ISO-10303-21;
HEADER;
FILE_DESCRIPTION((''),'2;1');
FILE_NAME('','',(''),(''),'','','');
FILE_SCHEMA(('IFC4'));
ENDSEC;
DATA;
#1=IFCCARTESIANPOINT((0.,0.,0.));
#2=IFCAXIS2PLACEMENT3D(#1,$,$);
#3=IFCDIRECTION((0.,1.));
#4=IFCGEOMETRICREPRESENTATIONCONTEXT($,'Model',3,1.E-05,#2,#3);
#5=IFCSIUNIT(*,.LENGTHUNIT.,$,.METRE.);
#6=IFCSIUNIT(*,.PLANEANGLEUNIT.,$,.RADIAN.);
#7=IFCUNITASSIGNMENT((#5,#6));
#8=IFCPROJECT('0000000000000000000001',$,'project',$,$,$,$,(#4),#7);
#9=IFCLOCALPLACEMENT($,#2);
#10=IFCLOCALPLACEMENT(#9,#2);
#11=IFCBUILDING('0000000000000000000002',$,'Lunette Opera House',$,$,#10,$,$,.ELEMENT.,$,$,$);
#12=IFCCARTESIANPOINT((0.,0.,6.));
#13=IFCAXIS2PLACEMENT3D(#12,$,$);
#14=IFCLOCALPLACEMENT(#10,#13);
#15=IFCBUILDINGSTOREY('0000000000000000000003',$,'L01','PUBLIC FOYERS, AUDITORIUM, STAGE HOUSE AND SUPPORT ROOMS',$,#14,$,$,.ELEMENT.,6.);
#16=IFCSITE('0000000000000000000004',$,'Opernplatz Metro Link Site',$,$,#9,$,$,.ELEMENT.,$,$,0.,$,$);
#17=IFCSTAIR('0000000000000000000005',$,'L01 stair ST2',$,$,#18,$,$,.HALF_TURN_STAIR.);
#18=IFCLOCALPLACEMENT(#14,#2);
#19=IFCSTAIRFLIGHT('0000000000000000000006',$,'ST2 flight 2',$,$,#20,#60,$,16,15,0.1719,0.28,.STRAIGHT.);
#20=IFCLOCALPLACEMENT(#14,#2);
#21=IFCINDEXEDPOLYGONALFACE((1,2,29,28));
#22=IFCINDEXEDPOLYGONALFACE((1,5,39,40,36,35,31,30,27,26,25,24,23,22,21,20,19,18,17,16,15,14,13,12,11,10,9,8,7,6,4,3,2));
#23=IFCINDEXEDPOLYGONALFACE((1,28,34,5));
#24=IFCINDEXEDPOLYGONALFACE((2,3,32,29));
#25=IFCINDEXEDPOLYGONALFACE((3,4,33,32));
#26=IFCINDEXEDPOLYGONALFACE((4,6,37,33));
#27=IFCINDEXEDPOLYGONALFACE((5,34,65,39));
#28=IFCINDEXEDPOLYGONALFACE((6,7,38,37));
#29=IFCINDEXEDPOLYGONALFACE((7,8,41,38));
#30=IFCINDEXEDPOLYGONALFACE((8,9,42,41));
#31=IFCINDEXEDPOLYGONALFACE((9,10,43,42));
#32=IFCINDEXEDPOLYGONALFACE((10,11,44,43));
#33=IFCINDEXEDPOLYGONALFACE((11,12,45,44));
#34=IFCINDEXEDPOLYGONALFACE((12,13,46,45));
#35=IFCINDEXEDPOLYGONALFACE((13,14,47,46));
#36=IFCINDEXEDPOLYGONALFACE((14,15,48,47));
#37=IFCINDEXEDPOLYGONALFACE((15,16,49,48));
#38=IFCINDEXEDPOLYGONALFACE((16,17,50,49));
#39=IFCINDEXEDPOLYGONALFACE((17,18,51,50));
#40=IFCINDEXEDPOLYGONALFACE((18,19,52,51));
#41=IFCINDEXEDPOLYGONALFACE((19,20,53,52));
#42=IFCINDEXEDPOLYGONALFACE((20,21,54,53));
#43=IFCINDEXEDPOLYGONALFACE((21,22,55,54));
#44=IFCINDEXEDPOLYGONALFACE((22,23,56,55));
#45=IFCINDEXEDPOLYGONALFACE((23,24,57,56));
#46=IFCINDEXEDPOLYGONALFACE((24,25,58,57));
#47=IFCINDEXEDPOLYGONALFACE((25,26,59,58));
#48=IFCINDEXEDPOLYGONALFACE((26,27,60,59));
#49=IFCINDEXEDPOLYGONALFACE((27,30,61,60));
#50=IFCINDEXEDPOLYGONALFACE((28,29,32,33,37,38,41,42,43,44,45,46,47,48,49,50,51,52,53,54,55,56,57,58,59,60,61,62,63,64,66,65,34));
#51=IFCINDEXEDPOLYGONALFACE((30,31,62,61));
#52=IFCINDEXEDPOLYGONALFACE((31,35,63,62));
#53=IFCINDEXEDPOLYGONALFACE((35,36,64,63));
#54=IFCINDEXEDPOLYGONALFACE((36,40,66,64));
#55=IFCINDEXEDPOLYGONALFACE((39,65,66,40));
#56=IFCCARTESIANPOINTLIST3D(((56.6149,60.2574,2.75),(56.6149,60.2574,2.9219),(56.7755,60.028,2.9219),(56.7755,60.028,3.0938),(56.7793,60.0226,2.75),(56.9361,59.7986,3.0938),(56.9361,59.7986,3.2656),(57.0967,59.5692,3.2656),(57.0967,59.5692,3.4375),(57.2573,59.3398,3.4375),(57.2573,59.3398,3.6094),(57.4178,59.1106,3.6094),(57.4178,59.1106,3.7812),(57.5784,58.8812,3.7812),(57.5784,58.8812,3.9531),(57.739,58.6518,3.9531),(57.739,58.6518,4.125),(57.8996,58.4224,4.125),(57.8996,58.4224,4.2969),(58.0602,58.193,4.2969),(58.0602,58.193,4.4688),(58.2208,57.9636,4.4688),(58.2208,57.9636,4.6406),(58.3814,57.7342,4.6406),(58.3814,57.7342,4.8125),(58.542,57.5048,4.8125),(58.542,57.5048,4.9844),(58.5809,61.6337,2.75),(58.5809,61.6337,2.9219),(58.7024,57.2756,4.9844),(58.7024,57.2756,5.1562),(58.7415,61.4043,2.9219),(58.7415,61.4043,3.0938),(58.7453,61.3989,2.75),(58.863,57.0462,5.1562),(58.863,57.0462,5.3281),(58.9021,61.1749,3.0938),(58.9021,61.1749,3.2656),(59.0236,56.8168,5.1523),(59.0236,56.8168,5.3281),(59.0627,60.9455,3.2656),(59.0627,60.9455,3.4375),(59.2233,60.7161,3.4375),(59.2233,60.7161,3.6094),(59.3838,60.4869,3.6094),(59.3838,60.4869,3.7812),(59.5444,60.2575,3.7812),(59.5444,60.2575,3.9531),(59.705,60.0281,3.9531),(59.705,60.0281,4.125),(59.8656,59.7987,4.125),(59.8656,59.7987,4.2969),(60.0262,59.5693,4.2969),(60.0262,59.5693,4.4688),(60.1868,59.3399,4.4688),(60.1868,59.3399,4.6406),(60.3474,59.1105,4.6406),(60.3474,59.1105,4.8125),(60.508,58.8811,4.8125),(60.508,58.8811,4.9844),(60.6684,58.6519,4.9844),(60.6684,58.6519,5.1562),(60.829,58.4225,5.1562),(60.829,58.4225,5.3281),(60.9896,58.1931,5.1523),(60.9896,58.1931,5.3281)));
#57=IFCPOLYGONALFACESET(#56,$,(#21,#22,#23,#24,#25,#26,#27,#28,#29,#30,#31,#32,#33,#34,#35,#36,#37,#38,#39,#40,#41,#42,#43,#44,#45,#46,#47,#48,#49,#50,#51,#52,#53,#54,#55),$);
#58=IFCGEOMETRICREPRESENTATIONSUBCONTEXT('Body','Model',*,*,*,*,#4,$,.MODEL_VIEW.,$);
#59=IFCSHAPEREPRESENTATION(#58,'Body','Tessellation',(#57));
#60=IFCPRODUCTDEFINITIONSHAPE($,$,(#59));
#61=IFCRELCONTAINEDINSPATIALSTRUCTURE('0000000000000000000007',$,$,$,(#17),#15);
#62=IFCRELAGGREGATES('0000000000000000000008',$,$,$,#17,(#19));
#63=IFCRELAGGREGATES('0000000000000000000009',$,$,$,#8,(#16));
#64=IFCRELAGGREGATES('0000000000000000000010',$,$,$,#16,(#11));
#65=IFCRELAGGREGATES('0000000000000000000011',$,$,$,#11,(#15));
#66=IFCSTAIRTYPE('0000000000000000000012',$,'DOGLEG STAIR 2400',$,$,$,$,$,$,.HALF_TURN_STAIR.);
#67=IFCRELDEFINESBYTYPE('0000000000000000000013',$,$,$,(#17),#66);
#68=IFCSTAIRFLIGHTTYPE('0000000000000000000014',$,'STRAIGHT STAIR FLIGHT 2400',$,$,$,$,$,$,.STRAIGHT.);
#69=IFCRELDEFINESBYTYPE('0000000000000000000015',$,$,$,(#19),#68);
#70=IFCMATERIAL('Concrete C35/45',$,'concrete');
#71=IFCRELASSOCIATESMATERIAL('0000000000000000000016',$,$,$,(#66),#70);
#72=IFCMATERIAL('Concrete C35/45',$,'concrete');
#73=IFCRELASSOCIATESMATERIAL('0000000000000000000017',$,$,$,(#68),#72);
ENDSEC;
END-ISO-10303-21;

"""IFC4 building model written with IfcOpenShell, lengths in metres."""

from ifc_helpers import new_model, si_unit, direction, frame, origin, place, context, subcontext, project, spatial, polyline, outline, extrude, material, type_object, element, aggregate, save


model = new_model("IFC4")

# Units and contexts
model_context = context("Model", 3, precision=1e-05, world=origin(), true_north=direction((0.0, 1.0)))
body_context = subcontext(model_context, "Body", "Model", "MODEL_VIEW")
ifc_project = project(units=[si_unit("LENGTHUNIT", "METRE"), si_unit("PLANEANGLEUNIT", "RADIAN")], contexts=[model_context])

# Site, building, storey
site_placement = place(None, origin())
site = spatial("IfcSite", under=ifc_project, at=site_placement, Name="Opernplatz Metro Link Site", CompositionType="ELEMENT", RefElevation=0.0)
building_placement = place(site_placement, origin())
building = spatial("IfcBuilding", under=site, at=building_placement, Name="Lunette Opera House", CompositionType="ELEMENT")
storey_placement = place(building_placement, frame((0.0, 0.0, 6.0)))
storey = spatial("IfcBuildingStorey", under=building, at=storey_placement, Name="L01", Description="PUBLIC FOYERS, AUDITORIUM, STAGE HOUSE AND SUPPORT ROOMS", CompositionType="ELEMENT", Elevation=6.0)

# Stair, stair flight
ifc_material_1 = material(Name="Concrete C35/45", Category="concrete")
stair_type = type_object("IfcStairType", Name="DOGLEG STAIR 2400", PredefinedType="HALF_TURN_STAIR", material=ifc_material_1)
stair_placement = place(storey_placement, origin())
stair = element("IfcStair", 1, at=stair_placement, inside=storey, type_object=stair_type, Name="L01 stair ST2", PredefinedType="HALF_TURN_STAIR")
ifc_material_2 = material(Name="Concrete C35/45", Category="concrete")
stair_flight_type = type_object("IfcStairFlightType", Name="STRAIGHT STAIR FLIGHT 2400", PredefinedType="STRAIGHT", material=ifc_material_2)
stair_flight_1_placement = place(storey_placement, frame((57.5979, 60.9456, 2.75), z_axis=(0.0, 0.0, 1.0), x_axis=(0.57351, -0.819198, 0.0)))
stair_flight_1 = element("IfcStairFlight", 2, at=stair_flight_1_placement, type_object=stair_flight_type, Name="ST2 flight 2", NumberOfRisers=16, NumberOfTreads=15, PredefinedType="STRAIGHT", RiserHeight=0.1719, TreadLength=0.28, context=body_context, shape_type="SweptSolid", body=[
    extrude(outline(polyline([(0.0, 0.0), (0.0, 0.1719), (0.28, 0.1719), (0.28, 0.3438), (0.5601, 0.3438), (0.5601, 0.5156), (0.8401, 0.5156), (0.8401, 0.6875), (1.1201, 0.6875), (1.1201, 0.8594), (1.3999, 0.8594), (1.3999, 1.0312), (1.6799, 1.0312), (1.6799, 1.2031), (1.96, 1.2031), (1.96, 1.375), (2.24, 1.375), (2.24, 1.5469), (2.52, 1.5469), (2.52, 1.7188), (2.8, 1.7188), (2.8, 1.8906), (3.0801, 1.8906), (3.0801, 2.0625), (3.3601, 2.0625), (3.3601, 2.2344), (3.6399, 2.2344), (3.6399, 2.4062), (3.9199, 2.4062), (3.9199, 2.5781), (4.2, 2.5781), (4.2, 2.75), (4.2, 2.4023), (0.2866, 0.0), (0.0, 0.0)])), frame((0.0, 1.2, 0.0), z_axis=(0.0, -1.0, 0.0), x_axis=(1.0, 0.0, 0.0)), (0.0, 0.0, 1.0), 2.3999),
])
aggregate(stair, [stair_flight_1])

save(model, "model.ifc")
